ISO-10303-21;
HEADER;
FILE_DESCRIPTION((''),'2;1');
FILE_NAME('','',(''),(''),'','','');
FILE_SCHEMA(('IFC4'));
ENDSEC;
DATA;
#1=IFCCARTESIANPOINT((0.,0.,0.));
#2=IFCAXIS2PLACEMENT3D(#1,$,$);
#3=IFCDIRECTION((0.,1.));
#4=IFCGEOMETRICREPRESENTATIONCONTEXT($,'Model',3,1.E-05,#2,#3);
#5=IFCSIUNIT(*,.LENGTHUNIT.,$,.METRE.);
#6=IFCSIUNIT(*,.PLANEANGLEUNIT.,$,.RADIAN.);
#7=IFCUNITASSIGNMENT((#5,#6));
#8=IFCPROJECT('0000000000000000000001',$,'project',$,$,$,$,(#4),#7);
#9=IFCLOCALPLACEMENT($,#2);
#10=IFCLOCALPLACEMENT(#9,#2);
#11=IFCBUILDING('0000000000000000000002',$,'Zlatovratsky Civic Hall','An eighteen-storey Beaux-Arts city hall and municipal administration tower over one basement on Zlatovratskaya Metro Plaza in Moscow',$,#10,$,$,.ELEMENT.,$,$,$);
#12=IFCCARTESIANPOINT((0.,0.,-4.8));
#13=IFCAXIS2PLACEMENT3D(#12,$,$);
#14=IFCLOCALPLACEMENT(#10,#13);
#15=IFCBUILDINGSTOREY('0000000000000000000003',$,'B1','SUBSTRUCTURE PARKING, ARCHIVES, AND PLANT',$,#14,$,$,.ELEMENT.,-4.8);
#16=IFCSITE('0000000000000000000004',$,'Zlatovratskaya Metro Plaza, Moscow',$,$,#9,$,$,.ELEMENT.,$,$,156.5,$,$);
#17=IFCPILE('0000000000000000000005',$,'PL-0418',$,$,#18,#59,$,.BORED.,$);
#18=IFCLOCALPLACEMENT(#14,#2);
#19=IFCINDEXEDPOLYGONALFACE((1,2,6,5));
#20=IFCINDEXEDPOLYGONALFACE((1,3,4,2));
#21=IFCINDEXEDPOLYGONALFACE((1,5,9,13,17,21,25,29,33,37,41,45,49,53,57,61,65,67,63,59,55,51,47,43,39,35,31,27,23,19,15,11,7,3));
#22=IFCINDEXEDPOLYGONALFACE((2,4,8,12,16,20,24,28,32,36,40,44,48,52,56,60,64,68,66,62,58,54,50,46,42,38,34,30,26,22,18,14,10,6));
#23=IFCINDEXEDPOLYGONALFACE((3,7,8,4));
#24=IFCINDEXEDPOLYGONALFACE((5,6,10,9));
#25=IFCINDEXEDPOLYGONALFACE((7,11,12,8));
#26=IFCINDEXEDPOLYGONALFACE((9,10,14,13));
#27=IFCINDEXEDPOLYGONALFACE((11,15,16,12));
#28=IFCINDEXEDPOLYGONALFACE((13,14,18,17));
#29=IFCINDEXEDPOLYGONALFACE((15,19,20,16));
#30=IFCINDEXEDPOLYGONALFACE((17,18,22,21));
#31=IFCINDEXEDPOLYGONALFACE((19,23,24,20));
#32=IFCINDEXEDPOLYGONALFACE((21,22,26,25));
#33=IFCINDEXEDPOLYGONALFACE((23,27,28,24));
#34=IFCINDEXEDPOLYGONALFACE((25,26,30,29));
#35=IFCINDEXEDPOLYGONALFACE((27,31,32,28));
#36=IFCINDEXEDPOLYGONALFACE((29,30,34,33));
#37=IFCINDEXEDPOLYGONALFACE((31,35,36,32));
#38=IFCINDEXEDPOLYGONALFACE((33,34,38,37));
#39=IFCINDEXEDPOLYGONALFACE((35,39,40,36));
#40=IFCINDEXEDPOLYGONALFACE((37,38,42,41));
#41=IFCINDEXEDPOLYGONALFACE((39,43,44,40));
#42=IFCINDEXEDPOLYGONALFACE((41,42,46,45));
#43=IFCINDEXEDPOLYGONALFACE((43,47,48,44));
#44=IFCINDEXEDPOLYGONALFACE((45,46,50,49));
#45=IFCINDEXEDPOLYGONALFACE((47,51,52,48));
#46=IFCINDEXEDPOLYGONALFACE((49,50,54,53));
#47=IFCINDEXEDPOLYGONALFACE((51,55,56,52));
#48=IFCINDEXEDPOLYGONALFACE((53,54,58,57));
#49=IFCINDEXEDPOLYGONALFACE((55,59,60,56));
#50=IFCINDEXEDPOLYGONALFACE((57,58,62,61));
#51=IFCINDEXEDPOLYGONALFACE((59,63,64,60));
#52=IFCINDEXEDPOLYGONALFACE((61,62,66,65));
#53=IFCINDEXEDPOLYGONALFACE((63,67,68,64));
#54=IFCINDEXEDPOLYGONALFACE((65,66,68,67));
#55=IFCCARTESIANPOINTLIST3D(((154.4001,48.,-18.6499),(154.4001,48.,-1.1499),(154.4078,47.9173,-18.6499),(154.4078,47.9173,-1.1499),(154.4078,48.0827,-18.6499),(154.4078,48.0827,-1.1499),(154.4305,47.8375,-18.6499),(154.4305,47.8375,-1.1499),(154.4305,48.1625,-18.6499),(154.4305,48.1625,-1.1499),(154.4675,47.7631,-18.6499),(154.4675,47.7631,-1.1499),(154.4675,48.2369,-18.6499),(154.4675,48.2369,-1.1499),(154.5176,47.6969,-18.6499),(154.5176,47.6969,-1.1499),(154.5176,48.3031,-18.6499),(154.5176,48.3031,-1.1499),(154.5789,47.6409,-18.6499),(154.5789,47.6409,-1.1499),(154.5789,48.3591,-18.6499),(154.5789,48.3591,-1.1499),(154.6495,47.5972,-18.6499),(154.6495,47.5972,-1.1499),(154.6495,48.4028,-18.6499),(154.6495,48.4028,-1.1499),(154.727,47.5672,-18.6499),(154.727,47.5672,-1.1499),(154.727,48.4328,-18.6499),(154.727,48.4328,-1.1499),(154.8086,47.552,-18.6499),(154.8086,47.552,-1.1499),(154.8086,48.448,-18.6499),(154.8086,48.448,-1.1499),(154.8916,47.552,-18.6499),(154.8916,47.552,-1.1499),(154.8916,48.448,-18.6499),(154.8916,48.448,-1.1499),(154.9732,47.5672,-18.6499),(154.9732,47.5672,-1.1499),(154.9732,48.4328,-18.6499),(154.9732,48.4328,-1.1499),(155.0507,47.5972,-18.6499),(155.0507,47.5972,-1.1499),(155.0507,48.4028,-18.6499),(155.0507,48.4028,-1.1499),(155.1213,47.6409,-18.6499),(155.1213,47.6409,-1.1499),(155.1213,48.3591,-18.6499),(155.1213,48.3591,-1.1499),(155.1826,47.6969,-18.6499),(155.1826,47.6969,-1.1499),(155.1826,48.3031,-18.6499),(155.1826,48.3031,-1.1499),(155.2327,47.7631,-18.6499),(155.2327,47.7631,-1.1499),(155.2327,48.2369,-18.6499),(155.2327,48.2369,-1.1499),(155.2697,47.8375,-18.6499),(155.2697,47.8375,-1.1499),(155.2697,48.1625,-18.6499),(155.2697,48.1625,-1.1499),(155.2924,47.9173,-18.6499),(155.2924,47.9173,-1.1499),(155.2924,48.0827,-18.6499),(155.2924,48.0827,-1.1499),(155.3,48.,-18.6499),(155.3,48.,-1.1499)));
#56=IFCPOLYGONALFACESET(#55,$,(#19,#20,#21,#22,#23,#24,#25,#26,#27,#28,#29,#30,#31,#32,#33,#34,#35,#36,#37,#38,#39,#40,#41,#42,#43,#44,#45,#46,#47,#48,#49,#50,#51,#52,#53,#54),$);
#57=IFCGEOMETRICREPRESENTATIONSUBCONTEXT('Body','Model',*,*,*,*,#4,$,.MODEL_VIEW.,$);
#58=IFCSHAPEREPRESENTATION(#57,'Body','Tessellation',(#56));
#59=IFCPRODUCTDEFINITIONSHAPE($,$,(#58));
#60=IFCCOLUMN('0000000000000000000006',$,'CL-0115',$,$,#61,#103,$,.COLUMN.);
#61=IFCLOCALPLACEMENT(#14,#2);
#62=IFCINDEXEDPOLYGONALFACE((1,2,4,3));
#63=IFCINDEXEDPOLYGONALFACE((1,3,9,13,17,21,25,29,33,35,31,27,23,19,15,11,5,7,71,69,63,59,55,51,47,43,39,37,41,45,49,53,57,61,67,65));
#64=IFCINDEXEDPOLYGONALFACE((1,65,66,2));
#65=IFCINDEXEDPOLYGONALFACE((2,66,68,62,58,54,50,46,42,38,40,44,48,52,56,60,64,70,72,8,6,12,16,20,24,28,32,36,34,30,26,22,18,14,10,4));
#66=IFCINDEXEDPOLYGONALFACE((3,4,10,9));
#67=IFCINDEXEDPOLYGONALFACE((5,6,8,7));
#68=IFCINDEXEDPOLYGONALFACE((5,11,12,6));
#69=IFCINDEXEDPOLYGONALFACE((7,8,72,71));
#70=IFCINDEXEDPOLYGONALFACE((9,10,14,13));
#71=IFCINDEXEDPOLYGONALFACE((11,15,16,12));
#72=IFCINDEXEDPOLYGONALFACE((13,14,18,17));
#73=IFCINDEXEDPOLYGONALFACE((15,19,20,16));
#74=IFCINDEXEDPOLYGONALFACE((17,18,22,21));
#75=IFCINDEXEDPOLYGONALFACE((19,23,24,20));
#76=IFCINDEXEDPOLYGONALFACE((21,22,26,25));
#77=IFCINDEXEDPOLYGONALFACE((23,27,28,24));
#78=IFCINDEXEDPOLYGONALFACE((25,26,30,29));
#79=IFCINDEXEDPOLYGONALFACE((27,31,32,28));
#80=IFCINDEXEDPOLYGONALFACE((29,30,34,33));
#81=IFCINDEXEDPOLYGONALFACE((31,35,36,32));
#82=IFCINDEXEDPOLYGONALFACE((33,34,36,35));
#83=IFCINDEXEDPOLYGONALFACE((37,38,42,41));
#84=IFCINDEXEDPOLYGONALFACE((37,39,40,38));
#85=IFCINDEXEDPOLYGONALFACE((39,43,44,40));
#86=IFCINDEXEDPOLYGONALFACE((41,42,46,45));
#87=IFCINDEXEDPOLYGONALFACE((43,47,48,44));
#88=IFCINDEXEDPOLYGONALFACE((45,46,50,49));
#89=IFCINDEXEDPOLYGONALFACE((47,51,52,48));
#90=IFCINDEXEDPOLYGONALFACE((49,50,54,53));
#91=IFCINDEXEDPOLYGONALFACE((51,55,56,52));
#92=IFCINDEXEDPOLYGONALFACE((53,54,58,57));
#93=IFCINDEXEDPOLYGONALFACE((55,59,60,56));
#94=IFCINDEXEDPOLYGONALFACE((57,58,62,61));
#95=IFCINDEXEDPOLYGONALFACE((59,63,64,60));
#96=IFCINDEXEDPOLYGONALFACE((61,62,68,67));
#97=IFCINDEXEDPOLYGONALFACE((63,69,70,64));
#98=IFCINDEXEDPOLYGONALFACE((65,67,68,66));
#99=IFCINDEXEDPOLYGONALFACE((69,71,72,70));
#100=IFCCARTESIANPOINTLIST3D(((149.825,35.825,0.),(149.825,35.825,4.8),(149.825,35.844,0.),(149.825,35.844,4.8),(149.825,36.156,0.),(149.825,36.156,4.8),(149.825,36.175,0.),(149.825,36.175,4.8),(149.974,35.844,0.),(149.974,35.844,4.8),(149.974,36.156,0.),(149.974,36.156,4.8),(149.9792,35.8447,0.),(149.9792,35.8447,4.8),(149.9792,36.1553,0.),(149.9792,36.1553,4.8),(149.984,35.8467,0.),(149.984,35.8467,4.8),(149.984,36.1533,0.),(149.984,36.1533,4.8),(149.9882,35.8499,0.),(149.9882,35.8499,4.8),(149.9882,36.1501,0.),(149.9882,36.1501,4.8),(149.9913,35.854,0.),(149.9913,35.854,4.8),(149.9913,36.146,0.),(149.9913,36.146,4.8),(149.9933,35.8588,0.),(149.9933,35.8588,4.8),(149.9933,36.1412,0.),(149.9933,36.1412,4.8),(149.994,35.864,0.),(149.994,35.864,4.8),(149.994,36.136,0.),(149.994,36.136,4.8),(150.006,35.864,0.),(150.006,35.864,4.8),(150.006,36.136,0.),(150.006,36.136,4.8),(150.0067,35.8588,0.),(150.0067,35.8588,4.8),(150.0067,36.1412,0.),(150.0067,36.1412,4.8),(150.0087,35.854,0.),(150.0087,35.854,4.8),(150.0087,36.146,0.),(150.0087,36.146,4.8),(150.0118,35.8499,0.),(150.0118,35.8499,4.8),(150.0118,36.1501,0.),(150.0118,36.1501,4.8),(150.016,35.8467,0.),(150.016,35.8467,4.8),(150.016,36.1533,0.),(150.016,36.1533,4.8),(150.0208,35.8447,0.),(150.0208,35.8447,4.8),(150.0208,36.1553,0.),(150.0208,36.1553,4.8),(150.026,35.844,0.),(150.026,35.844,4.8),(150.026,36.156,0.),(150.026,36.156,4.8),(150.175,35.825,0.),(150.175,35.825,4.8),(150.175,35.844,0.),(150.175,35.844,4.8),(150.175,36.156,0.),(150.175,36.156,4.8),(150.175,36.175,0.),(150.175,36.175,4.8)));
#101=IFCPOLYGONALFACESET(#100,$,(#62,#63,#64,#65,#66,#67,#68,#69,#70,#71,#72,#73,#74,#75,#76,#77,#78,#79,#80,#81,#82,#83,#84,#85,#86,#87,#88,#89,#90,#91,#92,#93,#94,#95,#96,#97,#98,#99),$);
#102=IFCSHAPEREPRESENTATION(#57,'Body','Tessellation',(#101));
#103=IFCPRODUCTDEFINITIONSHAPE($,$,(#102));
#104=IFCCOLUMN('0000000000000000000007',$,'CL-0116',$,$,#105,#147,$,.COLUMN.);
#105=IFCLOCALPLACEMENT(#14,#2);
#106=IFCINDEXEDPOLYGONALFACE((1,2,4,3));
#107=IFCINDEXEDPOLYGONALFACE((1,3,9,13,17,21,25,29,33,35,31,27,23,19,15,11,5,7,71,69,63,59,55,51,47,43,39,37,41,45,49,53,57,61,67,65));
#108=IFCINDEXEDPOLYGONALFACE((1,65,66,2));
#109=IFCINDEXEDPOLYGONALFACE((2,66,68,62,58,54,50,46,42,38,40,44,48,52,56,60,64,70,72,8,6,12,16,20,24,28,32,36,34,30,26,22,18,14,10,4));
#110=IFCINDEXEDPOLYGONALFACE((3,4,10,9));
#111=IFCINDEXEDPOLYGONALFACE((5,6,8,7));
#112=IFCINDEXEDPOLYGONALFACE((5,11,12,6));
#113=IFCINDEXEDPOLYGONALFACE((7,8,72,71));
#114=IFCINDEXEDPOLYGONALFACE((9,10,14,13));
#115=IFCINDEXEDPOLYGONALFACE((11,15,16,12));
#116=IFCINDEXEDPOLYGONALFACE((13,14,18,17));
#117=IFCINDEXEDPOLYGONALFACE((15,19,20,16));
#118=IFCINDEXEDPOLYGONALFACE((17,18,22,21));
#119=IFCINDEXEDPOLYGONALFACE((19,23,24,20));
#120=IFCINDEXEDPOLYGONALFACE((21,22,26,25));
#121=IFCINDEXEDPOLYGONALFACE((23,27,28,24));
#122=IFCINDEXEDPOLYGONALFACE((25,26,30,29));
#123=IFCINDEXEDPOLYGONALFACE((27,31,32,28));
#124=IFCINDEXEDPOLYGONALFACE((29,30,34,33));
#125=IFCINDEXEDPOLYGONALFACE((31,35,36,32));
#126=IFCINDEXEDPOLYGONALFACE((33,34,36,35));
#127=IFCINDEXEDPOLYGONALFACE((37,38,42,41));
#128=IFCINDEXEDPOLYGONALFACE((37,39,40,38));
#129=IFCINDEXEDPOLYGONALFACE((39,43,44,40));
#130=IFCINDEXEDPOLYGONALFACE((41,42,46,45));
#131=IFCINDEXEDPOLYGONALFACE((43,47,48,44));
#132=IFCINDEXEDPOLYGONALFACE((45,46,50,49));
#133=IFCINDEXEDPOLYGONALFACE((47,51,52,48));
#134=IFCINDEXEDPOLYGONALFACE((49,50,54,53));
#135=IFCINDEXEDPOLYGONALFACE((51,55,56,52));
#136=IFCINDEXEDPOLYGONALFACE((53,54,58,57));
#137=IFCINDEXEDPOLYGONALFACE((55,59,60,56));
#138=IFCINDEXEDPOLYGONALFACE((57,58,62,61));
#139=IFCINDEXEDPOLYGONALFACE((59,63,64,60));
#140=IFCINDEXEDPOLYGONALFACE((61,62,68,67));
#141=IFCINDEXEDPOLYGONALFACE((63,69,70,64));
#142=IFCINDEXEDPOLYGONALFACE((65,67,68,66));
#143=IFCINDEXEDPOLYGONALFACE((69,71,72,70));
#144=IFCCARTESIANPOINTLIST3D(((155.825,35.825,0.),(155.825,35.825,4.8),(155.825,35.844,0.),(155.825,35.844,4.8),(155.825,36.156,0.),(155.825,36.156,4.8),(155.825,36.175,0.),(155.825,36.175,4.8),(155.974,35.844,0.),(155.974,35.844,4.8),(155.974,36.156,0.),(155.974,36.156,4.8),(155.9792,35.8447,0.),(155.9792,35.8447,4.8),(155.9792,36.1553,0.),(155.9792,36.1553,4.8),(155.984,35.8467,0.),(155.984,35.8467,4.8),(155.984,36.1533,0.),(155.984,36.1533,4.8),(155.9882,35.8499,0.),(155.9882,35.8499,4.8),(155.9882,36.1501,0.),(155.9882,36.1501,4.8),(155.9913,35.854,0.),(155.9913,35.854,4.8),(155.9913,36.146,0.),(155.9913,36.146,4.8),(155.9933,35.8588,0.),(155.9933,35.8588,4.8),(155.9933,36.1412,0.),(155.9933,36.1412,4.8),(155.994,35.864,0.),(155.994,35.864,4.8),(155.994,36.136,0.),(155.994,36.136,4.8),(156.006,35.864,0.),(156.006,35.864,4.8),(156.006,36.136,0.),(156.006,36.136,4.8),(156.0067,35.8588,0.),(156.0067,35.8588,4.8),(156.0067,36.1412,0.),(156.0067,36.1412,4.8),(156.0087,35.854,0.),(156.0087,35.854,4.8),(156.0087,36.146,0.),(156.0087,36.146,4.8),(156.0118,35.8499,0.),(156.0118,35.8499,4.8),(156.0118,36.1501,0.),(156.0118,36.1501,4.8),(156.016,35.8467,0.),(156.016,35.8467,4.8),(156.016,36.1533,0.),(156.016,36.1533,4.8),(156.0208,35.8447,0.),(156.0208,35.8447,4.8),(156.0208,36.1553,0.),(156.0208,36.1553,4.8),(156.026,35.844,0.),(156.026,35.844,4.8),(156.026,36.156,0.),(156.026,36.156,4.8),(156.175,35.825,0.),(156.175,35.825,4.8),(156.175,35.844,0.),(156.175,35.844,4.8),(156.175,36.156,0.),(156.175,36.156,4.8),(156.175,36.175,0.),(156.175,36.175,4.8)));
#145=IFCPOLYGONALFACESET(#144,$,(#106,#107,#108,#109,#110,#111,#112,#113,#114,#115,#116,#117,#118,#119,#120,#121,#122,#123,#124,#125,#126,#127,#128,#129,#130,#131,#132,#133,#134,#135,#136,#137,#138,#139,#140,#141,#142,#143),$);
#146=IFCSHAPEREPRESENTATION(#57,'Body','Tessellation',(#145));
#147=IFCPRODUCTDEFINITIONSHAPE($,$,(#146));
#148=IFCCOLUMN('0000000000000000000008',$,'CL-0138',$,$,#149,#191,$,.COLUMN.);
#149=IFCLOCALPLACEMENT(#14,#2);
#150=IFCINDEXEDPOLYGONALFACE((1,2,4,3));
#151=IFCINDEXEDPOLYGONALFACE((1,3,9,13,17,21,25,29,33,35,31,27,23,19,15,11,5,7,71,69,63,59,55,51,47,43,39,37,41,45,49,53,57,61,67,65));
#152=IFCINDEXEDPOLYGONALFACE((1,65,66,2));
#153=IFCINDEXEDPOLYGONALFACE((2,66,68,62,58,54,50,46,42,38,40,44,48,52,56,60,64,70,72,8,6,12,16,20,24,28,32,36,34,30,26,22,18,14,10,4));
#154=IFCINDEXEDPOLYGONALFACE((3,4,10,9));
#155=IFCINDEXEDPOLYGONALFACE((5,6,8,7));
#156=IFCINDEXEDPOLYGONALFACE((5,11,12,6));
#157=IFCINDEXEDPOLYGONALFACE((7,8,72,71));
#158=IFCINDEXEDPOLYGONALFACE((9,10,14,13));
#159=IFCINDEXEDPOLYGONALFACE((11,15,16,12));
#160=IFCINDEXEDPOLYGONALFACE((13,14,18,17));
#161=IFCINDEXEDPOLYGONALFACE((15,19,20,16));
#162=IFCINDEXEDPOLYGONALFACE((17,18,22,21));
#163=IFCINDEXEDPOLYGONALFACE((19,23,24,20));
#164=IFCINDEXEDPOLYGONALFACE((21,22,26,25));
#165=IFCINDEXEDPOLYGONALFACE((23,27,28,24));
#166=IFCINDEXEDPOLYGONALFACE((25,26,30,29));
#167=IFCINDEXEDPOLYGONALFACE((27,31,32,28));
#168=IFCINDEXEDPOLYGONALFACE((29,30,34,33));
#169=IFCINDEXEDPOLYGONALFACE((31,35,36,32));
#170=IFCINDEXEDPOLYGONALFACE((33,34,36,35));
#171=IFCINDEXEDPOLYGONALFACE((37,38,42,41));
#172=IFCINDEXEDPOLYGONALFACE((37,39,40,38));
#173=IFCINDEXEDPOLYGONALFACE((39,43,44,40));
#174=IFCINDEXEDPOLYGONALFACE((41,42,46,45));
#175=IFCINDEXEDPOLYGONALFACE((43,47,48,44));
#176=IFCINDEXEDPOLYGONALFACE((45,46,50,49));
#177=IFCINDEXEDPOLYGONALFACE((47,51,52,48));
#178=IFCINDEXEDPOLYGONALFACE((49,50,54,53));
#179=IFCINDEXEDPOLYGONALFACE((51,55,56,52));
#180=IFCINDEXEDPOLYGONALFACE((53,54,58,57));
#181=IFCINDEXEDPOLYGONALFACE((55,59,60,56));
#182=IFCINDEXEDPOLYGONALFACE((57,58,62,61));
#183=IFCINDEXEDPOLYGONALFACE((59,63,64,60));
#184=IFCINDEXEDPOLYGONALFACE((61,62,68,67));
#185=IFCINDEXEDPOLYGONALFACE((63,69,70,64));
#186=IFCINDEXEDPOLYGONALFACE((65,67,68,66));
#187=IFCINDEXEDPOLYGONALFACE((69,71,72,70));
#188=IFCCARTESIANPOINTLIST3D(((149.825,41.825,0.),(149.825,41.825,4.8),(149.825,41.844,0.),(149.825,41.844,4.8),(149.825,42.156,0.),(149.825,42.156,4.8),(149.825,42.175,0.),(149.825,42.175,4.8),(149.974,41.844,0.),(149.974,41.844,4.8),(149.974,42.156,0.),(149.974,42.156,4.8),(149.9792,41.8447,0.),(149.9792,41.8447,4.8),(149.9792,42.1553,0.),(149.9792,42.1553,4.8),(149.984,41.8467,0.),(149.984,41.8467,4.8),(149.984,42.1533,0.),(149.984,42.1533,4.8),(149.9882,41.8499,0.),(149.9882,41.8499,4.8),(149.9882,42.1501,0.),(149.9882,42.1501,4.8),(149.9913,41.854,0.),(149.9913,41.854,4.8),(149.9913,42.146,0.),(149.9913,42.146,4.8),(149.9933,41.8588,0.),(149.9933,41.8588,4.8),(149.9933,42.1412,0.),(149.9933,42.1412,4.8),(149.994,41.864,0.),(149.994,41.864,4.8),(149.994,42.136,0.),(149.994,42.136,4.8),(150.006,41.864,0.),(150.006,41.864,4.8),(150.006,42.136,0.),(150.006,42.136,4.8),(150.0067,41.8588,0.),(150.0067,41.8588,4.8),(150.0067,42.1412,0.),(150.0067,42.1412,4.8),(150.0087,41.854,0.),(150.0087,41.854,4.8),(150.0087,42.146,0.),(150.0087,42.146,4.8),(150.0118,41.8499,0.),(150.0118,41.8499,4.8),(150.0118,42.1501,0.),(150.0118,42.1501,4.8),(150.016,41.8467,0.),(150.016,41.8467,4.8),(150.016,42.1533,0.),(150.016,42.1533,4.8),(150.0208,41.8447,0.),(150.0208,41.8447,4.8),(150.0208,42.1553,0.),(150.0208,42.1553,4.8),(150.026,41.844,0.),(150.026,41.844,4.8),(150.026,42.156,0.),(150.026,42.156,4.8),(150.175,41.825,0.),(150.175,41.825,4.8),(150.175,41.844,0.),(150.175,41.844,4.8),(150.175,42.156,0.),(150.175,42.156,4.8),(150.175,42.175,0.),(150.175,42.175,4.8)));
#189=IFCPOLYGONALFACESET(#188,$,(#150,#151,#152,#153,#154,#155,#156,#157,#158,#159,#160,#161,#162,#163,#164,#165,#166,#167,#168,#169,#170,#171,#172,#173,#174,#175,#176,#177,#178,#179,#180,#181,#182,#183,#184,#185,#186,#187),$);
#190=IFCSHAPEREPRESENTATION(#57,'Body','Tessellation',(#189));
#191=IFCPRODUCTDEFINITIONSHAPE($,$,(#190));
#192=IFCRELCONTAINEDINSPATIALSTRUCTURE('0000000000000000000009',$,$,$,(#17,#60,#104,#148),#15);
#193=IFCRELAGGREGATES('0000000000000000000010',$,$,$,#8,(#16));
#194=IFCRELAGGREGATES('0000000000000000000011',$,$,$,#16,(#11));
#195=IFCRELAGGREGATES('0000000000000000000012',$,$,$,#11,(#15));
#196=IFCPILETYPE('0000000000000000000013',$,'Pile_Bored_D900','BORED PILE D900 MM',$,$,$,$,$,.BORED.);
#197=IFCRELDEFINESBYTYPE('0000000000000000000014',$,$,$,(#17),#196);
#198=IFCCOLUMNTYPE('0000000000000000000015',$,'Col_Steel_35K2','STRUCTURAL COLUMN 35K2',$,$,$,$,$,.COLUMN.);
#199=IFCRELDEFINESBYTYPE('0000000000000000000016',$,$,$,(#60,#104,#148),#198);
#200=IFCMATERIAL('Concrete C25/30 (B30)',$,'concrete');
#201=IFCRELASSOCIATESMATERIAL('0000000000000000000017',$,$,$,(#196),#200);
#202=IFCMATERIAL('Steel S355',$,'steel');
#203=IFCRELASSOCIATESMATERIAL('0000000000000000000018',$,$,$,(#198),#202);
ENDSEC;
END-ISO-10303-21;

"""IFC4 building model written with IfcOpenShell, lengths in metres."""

from ifc_helpers import new_model, si_unit, direction, frame, origin, origin_2d, place, context, subcontext, project, spatial, circle, i_section, extrude, material, material_profile, profile_set, type_object, element, save


model = new_model("IFC4")

# Units and contexts
model_context = context("Model", 3, precision=1e-05, world=origin(), true_north=direction((0.0, 1.0)))
body_context = subcontext(model_context, "Body", "Model", "MODEL_VIEW")
ifc_project = project(units=[si_unit("LENGTHUNIT", "METRE"), si_unit("PLANEANGLEUNIT", "RADIAN")], contexts=[model_context])

# Site, building, storey
site_placement = place(None, origin())
site = spatial("IfcSite", under=ifc_project, at=site_placement, Name="Zlatovratskaya Metro Plaza, Moscow", CompositionType="ELEMENT", RefElevation=156.5)
building_placement = place(site_placement, origin())
building = spatial("IfcBuilding", under=site, at=building_placement, Name="Zlatovratsky Civic Hall", Description="An eighteen-storey Beaux-Arts city hall and municipal administration tower over one basement on Zlatovratskaya Metro Plaza in Moscow", CompositionType="ELEMENT")
storey_placement = place(building_placement, frame((0.0, 0.0, -4.8)))
storey = spatial("IfcBuildingStorey", under=building, at=storey_placement, Name="B1", Description="SUBSTRUCTURE PARKING, ARCHIVES, AND PLANT", CompositionType="ELEMENT", Elevation=-4.8)

# Shared definitions
ifc_material_1 = material(Name="Concrete C25/30 (B30)", Category="concrete")

# Pile
ifc_material_profile_1 = material_profile(ifc_material_1, circle(Radius=0.45, at=origin_2d()), Name="PILE D900")
ifc_profile_set_1 = profile_set([ifc_material_profile_1], Name="Concrete C25/30 (B30)")
pile_type_1 = type_object("IfcPileType", Name="Pile_Bored_D900", Description="BORED PILE D900 MM", PredefinedType="BORED", material=ifc_profile_set_1)
for number, where, z_axis, x_axis, name in (
    (1, (154.8501, 48.0, -1.1499), (0.0, 0.0, -1.0), (1.0, 0.0, 0.0), "PL-0418"),
):
    element("IfcPile", number, at=place(storey_placement, frame(where, z_axis=z_axis, x_axis=x_axis)), inside=storey, type_object=pile_type_1, Name=name, PredefinedType="BORED", context=body_context, shape_type="SweptSolid", body=[
        extrude(circle(Radius=0.45, at=origin_2d()), origin(), (0.0, 0.0, 1.0), 17.5),
    ])

# Columns
ifc_material_2 = material(Name="Steel S355", Category="steel")
ifc_material_profile_2 = material_profile(ifc_material_2, i_section(OverallWidth=0.3501, OverallDepth=0.3501, WebThickness=0.012, FlangeThickness=0.019, FilletRadius=0.02, at=origin_2d()), Name="35K2")
ifc_profile_set_2 = profile_set([ifc_material_profile_2], Name="Steel S355")
column_type = type_object("IfcColumnType", Name="Col_Steel_35K2", Description="STRUCTURAL COLUMN 35K2", PredefinedType="COLUMN", material=ifc_profile_set_2)
for number, where, z_axis, x_axis, name in (
    (2, (150.0, 36.0, 0.0), (0.0, 0.0, 1.0), (1.0, 0.0, 0.0), "CL-0115"),
    (3, (156.0, 36.0, 0.0), (0.0, 0.0, 1.0), (1.0, 0.0, 0.0), "CL-0116"),
    (4, (150.0, 42.0, 0.0), (0.0, 0.0, 1.0), (1.0, 0.0, 0.0), "CL-0138"),
):
    element("IfcColumn", number, at=place(storey_placement, frame(where, z_axis=z_axis, x_axis=x_axis)), inside=storey, type_object=column_type, Name=name, PredefinedType="COLUMN", context=body_context, shape_type="SweptSolid", body=[
        extrude(i_section(OverallWidth=0.3501, OverallDepth=0.3501, WebThickness=0.012, FlangeThickness=0.019, FilletRadius=0.02, at=origin_2d()), origin(), (0.0, 0.0, 1.0), 4.8),
    ])

save(model, "model.ifc")
